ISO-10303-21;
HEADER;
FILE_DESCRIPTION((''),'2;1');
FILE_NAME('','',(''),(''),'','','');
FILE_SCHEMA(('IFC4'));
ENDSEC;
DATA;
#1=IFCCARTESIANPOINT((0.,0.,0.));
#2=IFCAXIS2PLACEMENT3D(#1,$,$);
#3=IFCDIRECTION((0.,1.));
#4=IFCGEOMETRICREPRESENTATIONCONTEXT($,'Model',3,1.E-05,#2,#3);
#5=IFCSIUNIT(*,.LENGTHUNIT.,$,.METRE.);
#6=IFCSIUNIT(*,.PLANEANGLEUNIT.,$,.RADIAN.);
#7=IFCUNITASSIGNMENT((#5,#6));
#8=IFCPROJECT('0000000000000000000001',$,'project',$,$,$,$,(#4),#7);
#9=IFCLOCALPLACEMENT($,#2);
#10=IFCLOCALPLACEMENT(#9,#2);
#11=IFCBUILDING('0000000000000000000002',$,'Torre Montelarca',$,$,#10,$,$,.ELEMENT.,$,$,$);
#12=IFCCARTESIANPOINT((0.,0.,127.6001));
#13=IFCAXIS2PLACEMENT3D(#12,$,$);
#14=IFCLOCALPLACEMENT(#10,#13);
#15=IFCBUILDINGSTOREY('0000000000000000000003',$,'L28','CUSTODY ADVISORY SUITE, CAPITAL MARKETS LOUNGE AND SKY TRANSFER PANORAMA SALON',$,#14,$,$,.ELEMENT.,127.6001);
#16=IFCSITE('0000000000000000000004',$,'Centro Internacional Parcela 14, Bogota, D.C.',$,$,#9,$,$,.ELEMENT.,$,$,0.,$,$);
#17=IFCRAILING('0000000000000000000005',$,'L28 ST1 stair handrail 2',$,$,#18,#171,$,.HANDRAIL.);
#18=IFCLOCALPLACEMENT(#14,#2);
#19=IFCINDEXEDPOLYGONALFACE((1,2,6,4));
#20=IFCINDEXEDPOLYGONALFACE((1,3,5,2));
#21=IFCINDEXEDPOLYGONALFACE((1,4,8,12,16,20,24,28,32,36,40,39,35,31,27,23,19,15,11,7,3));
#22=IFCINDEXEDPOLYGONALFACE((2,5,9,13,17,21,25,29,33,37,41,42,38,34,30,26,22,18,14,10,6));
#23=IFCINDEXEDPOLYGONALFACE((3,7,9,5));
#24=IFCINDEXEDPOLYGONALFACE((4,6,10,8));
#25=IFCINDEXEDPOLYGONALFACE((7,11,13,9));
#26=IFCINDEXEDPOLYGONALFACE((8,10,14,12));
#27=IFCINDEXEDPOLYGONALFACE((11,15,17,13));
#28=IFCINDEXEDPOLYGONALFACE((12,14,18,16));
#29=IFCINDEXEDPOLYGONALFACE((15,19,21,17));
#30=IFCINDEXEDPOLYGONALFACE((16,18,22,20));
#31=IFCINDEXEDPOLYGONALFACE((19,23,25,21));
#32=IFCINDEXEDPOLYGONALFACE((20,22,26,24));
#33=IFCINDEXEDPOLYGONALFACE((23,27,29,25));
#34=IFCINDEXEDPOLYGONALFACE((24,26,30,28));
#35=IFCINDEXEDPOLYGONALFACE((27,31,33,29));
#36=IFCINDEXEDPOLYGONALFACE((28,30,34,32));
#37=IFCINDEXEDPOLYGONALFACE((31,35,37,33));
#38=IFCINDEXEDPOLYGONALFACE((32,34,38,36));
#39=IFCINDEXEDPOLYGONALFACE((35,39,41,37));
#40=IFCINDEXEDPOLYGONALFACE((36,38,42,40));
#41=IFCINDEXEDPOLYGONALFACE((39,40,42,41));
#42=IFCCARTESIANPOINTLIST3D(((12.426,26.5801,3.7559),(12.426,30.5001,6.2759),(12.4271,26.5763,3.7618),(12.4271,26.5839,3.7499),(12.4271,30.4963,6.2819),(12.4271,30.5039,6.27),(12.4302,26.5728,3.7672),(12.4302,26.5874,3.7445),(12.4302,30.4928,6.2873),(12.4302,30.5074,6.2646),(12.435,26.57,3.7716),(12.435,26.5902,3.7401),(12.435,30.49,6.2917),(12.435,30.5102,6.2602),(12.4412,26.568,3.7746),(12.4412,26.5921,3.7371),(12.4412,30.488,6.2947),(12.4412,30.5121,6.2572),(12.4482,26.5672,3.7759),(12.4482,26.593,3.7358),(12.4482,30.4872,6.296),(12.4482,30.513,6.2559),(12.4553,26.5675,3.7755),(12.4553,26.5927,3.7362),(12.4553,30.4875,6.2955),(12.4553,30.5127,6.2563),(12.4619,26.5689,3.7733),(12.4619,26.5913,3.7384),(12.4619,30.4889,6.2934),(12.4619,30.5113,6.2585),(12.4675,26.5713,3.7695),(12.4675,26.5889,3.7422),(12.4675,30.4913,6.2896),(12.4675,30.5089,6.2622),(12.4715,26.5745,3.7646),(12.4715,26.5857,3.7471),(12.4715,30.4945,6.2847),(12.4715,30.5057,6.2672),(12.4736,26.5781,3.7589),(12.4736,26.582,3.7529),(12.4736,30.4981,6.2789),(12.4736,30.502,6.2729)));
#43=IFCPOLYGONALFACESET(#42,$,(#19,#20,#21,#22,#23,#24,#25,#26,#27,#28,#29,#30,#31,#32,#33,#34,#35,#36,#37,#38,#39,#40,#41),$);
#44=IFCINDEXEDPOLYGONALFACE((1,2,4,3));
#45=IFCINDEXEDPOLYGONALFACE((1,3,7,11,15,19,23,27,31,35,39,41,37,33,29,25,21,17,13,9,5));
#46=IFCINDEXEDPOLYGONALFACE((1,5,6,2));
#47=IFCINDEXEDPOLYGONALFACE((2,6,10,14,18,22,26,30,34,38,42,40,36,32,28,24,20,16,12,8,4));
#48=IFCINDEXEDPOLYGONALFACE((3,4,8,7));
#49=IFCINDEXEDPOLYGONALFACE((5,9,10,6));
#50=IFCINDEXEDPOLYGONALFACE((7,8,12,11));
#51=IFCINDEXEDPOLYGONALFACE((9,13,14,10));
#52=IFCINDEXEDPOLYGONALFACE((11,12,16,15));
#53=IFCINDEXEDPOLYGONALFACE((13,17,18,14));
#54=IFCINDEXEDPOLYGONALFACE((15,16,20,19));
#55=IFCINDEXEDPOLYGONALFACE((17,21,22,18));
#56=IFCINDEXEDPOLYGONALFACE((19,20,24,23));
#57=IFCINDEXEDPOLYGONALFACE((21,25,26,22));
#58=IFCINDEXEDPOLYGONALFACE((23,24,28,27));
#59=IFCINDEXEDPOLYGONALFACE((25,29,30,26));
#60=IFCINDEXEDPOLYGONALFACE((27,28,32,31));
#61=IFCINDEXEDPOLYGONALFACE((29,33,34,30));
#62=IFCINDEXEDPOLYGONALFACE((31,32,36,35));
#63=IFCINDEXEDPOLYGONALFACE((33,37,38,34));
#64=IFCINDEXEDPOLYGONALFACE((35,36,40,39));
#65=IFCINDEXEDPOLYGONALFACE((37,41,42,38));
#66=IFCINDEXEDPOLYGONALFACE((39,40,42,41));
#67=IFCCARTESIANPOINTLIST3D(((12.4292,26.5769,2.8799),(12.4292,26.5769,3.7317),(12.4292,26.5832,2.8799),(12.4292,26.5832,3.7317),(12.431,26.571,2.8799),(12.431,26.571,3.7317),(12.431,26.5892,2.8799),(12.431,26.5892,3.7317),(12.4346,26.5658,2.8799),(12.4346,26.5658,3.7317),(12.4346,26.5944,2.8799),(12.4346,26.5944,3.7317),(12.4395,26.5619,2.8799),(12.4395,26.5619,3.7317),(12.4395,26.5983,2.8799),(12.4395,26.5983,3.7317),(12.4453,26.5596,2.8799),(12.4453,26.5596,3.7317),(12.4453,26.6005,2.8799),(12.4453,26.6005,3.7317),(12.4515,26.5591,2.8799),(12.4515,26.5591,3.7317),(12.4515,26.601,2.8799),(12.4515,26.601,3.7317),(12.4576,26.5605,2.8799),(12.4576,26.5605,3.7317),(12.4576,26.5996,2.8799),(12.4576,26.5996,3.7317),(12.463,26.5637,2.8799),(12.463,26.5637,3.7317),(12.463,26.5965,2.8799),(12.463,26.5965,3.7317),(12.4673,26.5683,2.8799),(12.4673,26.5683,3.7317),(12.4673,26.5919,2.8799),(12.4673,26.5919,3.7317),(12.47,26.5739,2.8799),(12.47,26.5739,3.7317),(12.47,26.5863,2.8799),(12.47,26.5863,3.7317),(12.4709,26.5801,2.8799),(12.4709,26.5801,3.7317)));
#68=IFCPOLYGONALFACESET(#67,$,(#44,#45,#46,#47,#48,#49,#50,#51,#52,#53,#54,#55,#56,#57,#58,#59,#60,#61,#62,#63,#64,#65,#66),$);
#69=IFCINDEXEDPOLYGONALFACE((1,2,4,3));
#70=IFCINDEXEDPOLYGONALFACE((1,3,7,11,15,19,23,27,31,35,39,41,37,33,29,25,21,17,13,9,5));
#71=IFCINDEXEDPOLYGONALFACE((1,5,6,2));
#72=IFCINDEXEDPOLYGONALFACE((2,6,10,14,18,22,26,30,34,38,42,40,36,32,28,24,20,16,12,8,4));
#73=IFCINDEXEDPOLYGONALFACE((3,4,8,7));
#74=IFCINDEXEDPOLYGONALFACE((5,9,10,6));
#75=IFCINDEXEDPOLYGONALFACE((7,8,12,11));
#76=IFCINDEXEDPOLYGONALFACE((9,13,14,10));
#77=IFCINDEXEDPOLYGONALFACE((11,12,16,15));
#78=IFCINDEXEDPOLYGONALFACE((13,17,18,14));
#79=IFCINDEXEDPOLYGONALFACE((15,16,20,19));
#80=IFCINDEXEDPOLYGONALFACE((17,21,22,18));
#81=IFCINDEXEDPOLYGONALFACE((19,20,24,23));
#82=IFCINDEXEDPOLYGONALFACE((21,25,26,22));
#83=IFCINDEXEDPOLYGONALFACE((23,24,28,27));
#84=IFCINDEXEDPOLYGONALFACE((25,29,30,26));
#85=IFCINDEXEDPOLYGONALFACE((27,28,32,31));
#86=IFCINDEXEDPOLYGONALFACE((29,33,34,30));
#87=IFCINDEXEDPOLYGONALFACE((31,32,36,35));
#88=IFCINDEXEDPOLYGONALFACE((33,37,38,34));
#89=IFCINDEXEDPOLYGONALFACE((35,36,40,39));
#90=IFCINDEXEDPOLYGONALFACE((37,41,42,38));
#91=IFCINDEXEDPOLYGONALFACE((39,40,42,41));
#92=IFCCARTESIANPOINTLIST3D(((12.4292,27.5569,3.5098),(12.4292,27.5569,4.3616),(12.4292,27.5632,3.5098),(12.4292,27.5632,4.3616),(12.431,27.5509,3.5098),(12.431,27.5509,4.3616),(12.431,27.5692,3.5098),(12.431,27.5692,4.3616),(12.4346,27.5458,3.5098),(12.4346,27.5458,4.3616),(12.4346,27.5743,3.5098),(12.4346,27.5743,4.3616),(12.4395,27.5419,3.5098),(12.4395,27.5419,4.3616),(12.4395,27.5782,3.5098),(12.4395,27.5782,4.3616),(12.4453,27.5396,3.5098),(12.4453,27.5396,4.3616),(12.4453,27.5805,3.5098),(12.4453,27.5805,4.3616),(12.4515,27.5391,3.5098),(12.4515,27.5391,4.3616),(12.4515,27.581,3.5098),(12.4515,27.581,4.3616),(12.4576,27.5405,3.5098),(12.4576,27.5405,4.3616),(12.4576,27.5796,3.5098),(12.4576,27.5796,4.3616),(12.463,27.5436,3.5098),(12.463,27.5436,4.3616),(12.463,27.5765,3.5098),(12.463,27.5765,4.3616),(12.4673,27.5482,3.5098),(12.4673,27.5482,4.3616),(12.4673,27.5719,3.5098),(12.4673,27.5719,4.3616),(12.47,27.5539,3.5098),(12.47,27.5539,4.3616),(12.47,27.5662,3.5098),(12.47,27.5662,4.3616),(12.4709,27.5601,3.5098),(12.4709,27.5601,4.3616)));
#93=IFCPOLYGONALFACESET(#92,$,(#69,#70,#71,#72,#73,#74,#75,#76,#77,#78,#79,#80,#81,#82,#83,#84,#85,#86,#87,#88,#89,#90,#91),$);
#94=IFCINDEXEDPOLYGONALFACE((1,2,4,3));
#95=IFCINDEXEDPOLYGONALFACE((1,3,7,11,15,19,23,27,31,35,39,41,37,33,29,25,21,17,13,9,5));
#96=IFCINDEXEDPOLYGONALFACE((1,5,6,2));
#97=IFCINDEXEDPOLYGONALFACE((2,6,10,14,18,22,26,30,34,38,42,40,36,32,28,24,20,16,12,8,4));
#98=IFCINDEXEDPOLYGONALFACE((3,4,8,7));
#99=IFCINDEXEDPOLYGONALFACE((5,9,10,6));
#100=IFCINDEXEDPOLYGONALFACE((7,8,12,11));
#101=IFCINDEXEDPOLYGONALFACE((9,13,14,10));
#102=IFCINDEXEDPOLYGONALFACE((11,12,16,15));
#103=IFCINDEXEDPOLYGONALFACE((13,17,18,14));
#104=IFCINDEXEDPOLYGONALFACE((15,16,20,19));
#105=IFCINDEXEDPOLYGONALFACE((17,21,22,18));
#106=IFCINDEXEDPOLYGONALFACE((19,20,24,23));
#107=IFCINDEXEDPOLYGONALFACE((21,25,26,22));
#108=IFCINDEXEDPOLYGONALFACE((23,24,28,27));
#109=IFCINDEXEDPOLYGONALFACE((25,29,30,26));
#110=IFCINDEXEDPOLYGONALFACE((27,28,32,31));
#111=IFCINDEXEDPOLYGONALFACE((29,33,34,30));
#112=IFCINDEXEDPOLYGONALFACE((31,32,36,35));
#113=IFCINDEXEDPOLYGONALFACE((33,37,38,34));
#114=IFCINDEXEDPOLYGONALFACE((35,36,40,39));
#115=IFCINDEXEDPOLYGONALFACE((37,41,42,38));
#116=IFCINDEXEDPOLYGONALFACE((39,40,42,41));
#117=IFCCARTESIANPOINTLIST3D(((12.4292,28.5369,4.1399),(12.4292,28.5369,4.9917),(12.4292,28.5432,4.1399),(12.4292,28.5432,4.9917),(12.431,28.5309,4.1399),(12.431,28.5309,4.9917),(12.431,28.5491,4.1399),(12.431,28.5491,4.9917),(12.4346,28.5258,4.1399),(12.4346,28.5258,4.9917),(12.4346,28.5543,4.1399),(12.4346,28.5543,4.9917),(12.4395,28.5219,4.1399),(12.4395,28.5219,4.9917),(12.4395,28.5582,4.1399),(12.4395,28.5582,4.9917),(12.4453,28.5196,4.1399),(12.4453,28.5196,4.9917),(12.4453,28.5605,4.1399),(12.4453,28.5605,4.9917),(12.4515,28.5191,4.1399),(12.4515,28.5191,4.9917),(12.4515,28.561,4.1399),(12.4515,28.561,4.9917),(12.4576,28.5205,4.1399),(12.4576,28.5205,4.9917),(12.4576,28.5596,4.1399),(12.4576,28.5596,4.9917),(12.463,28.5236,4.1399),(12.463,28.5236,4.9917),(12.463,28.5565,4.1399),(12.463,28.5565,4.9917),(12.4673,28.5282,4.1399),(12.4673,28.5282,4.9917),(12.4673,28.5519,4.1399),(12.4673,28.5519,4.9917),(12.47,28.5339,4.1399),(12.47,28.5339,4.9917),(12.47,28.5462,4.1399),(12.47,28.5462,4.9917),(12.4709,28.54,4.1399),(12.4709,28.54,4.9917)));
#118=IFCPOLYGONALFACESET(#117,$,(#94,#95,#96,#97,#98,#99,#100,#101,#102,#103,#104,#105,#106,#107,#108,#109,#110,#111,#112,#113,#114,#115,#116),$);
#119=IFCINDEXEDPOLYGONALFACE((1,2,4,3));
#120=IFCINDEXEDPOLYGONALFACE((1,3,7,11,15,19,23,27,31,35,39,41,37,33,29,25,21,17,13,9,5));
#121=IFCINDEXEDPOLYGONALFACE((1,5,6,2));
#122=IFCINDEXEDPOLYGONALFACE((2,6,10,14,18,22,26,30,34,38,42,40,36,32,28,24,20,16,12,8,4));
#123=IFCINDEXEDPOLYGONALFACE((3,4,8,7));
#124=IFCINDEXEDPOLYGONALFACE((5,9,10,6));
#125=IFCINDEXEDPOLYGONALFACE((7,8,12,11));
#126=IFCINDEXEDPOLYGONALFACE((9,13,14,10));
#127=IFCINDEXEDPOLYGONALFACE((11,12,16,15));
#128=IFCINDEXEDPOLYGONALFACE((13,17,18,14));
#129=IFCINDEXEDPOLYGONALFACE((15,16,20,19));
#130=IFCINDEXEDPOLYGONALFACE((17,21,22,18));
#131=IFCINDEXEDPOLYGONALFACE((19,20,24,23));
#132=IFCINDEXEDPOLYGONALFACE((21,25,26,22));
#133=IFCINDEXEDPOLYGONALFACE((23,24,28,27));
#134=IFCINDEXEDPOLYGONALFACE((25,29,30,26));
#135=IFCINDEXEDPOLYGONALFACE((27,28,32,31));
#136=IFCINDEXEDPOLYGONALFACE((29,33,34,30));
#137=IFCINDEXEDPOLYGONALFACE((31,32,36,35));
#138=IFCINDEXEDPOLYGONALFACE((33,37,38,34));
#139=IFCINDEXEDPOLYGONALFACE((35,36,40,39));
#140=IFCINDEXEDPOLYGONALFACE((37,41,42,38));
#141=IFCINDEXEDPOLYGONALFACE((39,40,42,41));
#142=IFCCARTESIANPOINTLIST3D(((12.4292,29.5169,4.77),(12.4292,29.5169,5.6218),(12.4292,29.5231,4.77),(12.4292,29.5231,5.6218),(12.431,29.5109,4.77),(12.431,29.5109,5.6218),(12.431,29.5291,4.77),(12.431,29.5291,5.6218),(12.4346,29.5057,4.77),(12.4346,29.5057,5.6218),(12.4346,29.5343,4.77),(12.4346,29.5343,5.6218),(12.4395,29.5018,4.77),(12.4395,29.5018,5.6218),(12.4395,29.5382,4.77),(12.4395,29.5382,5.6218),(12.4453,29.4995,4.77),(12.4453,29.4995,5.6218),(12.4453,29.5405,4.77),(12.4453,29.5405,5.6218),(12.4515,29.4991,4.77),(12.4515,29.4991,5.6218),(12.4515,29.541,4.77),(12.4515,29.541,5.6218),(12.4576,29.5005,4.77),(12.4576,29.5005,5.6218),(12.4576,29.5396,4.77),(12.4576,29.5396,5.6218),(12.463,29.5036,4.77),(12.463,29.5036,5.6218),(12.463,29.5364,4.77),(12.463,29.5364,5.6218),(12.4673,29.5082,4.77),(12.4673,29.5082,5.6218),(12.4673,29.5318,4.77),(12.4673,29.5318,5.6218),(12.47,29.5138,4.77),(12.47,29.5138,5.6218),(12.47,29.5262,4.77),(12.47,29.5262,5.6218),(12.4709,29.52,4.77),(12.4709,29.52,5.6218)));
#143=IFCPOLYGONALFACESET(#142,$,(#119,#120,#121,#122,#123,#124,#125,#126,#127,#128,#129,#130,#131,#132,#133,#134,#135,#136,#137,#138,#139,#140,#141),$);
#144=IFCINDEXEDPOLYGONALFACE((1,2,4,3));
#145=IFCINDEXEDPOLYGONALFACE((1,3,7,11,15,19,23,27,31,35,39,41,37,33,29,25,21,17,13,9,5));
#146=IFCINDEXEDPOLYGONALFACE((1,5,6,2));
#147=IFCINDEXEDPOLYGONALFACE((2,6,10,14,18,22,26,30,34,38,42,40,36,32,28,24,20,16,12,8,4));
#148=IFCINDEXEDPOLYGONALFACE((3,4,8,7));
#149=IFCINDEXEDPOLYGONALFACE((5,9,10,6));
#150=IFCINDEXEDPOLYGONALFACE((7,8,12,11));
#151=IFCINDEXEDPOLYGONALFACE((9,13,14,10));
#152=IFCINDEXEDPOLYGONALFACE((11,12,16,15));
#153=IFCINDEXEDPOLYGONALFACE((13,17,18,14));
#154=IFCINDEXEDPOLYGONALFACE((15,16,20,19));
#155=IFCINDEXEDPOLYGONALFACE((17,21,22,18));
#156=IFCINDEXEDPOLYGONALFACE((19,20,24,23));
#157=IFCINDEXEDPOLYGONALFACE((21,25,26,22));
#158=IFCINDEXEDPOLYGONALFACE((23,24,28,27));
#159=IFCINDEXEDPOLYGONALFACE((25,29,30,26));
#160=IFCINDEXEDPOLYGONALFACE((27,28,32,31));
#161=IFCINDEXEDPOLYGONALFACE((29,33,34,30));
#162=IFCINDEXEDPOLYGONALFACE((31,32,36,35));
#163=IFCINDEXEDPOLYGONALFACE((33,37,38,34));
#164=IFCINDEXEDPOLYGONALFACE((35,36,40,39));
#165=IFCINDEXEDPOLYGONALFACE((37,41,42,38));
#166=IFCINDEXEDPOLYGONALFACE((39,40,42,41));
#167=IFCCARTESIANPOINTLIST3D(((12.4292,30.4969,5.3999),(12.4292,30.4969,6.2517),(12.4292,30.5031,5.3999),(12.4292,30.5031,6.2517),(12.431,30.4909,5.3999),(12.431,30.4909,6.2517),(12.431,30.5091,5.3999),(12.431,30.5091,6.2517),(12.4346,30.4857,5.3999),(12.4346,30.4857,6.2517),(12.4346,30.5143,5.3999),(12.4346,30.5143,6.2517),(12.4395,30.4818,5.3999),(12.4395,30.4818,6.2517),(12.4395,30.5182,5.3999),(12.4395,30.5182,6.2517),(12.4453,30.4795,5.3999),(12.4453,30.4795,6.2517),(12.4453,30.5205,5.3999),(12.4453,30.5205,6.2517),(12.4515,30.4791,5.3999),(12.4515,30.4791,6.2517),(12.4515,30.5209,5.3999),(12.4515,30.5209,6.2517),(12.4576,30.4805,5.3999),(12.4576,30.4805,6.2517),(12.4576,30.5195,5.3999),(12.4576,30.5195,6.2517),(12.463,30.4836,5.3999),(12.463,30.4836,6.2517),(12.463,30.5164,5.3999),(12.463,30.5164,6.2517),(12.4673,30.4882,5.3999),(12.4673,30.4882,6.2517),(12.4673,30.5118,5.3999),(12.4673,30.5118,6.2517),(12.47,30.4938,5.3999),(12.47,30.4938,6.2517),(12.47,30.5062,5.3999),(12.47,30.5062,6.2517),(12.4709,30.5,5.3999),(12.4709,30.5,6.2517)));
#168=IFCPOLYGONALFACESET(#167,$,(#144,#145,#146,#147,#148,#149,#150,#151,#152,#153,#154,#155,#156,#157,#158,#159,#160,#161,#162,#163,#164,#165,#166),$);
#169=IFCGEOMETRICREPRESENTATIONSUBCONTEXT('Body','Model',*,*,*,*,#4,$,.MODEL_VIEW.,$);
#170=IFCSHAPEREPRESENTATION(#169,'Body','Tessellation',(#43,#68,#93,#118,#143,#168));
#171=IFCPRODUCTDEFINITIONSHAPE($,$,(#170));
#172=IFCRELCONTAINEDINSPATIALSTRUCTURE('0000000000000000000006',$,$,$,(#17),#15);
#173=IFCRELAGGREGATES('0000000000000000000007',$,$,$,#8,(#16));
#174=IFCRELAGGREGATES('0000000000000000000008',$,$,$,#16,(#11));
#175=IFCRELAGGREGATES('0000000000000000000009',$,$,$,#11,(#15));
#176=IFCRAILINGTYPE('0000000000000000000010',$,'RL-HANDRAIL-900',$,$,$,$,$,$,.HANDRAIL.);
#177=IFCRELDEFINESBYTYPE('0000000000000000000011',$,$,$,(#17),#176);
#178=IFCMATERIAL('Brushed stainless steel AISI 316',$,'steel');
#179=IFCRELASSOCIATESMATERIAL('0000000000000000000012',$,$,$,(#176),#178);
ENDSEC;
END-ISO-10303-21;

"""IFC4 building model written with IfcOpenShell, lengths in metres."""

from ifc_helpers import new_model, si_unit, direction, frame, origin, origin_2d, place, context, subcontext, project, spatial, circle, extrude, material, type_object, element, save


model = new_model("IFC4")

# Units and contexts
model_context = context("Model", 3, precision=1e-05, world=origin(), true_north=direction((0.0, 1.0)))
body_context = subcontext(model_context, "Body", "Model", "MODEL_VIEW")
ifc_project = project(units=[si_unit("LENGTHUNIT", "METRE"), si_unit("PLANEANGLEUNIT", "RADIAN")], contexts=[model_context])

# Site, building, storey
site_placement = place(None, origin())
site = spatial("IfcSite", under=ifc_project, at=site_placement, Name="Centro Internacional Parcela 14, Bogota, D.C.", CompositionType="ELEMENT", RefElevation=0.0)
building_placement = place(site_placement, origin())
building = spatial("IfcBuilding", under=site, at=building_placement, Name="Torre Montelarca", CompositionType="ELEMENT")
storey_placement = place(building_placement, frame((0.0, 0.0, 127.6001)))
storey = spatial("IfcBuildingStorey", under=building, at=storey_placement, Name="L28", Description="CUSTODY ADVISORY SUITE, CAPITAL MARKETS LOUNGE AND SKY TRANSFER PANORAMA SALON", CompositionType="ELEMENT", Elevation=127.6001)

# Shared definitions
ifc_material_1 = material(Name="Brushed stainless steel AISI 316", Category="steel")

# Railing
railing_type_1 = type_object("IfcRailingType", Name="RL-HANDRAIL-900", PredefinedType="HANDRAIL", material=ifc_material_1)
railing_1_placement = place(storey_placement, frame((12.45, 26.5801, 2.8799)))
element("IfcRailing", 1, at=railing_1_placement, inside=storey, type_object=railing_type_1, Name="L28 ST1 stair handrail 2", PredefinedType="HANDRAIL", context=body_context, shape_type="SweptSolid", body=[
    extrude(circle(Radius=0.0239, at=origin_2d()), frame((0.0, 0.0, 0.876), z_axis=(0.0, 0.841172, 0.540768), x_axis=(-1.0, 0.0, 0.0)), (0.0, 0.0, 1.0), 4.6602),
    extrude(circle(Radius=0.021, at=origin_2d()), origin(), (0.0, 0.0, 1.0), 0.8518),
    extrude(circle(Radius=0.021, at=origin_2d()), frame((0.0, 0.98, 0.6299)), (0.0, 0.0, 1.0), 0.8518),
    extrude(circle(Radius=0.021, at=origin_2d()), frame((0.0, 1.96, 1.26)), (0.0, 0.0, 1.0), 0.8518),
    extrude(circle(Radius=0.021, at=origin_2d()), frame((0.0, 2.9399, 1.8901)), (0.0, 0.0, 1.0), 0.8518),
    extrude(circle(Radius=0.021, at=origin_2d()), frame((0.0, 3.9199, 2.52)), (0.0, 0.0, 1.0), 0.8518),
])

save(model, "model.ifc")
